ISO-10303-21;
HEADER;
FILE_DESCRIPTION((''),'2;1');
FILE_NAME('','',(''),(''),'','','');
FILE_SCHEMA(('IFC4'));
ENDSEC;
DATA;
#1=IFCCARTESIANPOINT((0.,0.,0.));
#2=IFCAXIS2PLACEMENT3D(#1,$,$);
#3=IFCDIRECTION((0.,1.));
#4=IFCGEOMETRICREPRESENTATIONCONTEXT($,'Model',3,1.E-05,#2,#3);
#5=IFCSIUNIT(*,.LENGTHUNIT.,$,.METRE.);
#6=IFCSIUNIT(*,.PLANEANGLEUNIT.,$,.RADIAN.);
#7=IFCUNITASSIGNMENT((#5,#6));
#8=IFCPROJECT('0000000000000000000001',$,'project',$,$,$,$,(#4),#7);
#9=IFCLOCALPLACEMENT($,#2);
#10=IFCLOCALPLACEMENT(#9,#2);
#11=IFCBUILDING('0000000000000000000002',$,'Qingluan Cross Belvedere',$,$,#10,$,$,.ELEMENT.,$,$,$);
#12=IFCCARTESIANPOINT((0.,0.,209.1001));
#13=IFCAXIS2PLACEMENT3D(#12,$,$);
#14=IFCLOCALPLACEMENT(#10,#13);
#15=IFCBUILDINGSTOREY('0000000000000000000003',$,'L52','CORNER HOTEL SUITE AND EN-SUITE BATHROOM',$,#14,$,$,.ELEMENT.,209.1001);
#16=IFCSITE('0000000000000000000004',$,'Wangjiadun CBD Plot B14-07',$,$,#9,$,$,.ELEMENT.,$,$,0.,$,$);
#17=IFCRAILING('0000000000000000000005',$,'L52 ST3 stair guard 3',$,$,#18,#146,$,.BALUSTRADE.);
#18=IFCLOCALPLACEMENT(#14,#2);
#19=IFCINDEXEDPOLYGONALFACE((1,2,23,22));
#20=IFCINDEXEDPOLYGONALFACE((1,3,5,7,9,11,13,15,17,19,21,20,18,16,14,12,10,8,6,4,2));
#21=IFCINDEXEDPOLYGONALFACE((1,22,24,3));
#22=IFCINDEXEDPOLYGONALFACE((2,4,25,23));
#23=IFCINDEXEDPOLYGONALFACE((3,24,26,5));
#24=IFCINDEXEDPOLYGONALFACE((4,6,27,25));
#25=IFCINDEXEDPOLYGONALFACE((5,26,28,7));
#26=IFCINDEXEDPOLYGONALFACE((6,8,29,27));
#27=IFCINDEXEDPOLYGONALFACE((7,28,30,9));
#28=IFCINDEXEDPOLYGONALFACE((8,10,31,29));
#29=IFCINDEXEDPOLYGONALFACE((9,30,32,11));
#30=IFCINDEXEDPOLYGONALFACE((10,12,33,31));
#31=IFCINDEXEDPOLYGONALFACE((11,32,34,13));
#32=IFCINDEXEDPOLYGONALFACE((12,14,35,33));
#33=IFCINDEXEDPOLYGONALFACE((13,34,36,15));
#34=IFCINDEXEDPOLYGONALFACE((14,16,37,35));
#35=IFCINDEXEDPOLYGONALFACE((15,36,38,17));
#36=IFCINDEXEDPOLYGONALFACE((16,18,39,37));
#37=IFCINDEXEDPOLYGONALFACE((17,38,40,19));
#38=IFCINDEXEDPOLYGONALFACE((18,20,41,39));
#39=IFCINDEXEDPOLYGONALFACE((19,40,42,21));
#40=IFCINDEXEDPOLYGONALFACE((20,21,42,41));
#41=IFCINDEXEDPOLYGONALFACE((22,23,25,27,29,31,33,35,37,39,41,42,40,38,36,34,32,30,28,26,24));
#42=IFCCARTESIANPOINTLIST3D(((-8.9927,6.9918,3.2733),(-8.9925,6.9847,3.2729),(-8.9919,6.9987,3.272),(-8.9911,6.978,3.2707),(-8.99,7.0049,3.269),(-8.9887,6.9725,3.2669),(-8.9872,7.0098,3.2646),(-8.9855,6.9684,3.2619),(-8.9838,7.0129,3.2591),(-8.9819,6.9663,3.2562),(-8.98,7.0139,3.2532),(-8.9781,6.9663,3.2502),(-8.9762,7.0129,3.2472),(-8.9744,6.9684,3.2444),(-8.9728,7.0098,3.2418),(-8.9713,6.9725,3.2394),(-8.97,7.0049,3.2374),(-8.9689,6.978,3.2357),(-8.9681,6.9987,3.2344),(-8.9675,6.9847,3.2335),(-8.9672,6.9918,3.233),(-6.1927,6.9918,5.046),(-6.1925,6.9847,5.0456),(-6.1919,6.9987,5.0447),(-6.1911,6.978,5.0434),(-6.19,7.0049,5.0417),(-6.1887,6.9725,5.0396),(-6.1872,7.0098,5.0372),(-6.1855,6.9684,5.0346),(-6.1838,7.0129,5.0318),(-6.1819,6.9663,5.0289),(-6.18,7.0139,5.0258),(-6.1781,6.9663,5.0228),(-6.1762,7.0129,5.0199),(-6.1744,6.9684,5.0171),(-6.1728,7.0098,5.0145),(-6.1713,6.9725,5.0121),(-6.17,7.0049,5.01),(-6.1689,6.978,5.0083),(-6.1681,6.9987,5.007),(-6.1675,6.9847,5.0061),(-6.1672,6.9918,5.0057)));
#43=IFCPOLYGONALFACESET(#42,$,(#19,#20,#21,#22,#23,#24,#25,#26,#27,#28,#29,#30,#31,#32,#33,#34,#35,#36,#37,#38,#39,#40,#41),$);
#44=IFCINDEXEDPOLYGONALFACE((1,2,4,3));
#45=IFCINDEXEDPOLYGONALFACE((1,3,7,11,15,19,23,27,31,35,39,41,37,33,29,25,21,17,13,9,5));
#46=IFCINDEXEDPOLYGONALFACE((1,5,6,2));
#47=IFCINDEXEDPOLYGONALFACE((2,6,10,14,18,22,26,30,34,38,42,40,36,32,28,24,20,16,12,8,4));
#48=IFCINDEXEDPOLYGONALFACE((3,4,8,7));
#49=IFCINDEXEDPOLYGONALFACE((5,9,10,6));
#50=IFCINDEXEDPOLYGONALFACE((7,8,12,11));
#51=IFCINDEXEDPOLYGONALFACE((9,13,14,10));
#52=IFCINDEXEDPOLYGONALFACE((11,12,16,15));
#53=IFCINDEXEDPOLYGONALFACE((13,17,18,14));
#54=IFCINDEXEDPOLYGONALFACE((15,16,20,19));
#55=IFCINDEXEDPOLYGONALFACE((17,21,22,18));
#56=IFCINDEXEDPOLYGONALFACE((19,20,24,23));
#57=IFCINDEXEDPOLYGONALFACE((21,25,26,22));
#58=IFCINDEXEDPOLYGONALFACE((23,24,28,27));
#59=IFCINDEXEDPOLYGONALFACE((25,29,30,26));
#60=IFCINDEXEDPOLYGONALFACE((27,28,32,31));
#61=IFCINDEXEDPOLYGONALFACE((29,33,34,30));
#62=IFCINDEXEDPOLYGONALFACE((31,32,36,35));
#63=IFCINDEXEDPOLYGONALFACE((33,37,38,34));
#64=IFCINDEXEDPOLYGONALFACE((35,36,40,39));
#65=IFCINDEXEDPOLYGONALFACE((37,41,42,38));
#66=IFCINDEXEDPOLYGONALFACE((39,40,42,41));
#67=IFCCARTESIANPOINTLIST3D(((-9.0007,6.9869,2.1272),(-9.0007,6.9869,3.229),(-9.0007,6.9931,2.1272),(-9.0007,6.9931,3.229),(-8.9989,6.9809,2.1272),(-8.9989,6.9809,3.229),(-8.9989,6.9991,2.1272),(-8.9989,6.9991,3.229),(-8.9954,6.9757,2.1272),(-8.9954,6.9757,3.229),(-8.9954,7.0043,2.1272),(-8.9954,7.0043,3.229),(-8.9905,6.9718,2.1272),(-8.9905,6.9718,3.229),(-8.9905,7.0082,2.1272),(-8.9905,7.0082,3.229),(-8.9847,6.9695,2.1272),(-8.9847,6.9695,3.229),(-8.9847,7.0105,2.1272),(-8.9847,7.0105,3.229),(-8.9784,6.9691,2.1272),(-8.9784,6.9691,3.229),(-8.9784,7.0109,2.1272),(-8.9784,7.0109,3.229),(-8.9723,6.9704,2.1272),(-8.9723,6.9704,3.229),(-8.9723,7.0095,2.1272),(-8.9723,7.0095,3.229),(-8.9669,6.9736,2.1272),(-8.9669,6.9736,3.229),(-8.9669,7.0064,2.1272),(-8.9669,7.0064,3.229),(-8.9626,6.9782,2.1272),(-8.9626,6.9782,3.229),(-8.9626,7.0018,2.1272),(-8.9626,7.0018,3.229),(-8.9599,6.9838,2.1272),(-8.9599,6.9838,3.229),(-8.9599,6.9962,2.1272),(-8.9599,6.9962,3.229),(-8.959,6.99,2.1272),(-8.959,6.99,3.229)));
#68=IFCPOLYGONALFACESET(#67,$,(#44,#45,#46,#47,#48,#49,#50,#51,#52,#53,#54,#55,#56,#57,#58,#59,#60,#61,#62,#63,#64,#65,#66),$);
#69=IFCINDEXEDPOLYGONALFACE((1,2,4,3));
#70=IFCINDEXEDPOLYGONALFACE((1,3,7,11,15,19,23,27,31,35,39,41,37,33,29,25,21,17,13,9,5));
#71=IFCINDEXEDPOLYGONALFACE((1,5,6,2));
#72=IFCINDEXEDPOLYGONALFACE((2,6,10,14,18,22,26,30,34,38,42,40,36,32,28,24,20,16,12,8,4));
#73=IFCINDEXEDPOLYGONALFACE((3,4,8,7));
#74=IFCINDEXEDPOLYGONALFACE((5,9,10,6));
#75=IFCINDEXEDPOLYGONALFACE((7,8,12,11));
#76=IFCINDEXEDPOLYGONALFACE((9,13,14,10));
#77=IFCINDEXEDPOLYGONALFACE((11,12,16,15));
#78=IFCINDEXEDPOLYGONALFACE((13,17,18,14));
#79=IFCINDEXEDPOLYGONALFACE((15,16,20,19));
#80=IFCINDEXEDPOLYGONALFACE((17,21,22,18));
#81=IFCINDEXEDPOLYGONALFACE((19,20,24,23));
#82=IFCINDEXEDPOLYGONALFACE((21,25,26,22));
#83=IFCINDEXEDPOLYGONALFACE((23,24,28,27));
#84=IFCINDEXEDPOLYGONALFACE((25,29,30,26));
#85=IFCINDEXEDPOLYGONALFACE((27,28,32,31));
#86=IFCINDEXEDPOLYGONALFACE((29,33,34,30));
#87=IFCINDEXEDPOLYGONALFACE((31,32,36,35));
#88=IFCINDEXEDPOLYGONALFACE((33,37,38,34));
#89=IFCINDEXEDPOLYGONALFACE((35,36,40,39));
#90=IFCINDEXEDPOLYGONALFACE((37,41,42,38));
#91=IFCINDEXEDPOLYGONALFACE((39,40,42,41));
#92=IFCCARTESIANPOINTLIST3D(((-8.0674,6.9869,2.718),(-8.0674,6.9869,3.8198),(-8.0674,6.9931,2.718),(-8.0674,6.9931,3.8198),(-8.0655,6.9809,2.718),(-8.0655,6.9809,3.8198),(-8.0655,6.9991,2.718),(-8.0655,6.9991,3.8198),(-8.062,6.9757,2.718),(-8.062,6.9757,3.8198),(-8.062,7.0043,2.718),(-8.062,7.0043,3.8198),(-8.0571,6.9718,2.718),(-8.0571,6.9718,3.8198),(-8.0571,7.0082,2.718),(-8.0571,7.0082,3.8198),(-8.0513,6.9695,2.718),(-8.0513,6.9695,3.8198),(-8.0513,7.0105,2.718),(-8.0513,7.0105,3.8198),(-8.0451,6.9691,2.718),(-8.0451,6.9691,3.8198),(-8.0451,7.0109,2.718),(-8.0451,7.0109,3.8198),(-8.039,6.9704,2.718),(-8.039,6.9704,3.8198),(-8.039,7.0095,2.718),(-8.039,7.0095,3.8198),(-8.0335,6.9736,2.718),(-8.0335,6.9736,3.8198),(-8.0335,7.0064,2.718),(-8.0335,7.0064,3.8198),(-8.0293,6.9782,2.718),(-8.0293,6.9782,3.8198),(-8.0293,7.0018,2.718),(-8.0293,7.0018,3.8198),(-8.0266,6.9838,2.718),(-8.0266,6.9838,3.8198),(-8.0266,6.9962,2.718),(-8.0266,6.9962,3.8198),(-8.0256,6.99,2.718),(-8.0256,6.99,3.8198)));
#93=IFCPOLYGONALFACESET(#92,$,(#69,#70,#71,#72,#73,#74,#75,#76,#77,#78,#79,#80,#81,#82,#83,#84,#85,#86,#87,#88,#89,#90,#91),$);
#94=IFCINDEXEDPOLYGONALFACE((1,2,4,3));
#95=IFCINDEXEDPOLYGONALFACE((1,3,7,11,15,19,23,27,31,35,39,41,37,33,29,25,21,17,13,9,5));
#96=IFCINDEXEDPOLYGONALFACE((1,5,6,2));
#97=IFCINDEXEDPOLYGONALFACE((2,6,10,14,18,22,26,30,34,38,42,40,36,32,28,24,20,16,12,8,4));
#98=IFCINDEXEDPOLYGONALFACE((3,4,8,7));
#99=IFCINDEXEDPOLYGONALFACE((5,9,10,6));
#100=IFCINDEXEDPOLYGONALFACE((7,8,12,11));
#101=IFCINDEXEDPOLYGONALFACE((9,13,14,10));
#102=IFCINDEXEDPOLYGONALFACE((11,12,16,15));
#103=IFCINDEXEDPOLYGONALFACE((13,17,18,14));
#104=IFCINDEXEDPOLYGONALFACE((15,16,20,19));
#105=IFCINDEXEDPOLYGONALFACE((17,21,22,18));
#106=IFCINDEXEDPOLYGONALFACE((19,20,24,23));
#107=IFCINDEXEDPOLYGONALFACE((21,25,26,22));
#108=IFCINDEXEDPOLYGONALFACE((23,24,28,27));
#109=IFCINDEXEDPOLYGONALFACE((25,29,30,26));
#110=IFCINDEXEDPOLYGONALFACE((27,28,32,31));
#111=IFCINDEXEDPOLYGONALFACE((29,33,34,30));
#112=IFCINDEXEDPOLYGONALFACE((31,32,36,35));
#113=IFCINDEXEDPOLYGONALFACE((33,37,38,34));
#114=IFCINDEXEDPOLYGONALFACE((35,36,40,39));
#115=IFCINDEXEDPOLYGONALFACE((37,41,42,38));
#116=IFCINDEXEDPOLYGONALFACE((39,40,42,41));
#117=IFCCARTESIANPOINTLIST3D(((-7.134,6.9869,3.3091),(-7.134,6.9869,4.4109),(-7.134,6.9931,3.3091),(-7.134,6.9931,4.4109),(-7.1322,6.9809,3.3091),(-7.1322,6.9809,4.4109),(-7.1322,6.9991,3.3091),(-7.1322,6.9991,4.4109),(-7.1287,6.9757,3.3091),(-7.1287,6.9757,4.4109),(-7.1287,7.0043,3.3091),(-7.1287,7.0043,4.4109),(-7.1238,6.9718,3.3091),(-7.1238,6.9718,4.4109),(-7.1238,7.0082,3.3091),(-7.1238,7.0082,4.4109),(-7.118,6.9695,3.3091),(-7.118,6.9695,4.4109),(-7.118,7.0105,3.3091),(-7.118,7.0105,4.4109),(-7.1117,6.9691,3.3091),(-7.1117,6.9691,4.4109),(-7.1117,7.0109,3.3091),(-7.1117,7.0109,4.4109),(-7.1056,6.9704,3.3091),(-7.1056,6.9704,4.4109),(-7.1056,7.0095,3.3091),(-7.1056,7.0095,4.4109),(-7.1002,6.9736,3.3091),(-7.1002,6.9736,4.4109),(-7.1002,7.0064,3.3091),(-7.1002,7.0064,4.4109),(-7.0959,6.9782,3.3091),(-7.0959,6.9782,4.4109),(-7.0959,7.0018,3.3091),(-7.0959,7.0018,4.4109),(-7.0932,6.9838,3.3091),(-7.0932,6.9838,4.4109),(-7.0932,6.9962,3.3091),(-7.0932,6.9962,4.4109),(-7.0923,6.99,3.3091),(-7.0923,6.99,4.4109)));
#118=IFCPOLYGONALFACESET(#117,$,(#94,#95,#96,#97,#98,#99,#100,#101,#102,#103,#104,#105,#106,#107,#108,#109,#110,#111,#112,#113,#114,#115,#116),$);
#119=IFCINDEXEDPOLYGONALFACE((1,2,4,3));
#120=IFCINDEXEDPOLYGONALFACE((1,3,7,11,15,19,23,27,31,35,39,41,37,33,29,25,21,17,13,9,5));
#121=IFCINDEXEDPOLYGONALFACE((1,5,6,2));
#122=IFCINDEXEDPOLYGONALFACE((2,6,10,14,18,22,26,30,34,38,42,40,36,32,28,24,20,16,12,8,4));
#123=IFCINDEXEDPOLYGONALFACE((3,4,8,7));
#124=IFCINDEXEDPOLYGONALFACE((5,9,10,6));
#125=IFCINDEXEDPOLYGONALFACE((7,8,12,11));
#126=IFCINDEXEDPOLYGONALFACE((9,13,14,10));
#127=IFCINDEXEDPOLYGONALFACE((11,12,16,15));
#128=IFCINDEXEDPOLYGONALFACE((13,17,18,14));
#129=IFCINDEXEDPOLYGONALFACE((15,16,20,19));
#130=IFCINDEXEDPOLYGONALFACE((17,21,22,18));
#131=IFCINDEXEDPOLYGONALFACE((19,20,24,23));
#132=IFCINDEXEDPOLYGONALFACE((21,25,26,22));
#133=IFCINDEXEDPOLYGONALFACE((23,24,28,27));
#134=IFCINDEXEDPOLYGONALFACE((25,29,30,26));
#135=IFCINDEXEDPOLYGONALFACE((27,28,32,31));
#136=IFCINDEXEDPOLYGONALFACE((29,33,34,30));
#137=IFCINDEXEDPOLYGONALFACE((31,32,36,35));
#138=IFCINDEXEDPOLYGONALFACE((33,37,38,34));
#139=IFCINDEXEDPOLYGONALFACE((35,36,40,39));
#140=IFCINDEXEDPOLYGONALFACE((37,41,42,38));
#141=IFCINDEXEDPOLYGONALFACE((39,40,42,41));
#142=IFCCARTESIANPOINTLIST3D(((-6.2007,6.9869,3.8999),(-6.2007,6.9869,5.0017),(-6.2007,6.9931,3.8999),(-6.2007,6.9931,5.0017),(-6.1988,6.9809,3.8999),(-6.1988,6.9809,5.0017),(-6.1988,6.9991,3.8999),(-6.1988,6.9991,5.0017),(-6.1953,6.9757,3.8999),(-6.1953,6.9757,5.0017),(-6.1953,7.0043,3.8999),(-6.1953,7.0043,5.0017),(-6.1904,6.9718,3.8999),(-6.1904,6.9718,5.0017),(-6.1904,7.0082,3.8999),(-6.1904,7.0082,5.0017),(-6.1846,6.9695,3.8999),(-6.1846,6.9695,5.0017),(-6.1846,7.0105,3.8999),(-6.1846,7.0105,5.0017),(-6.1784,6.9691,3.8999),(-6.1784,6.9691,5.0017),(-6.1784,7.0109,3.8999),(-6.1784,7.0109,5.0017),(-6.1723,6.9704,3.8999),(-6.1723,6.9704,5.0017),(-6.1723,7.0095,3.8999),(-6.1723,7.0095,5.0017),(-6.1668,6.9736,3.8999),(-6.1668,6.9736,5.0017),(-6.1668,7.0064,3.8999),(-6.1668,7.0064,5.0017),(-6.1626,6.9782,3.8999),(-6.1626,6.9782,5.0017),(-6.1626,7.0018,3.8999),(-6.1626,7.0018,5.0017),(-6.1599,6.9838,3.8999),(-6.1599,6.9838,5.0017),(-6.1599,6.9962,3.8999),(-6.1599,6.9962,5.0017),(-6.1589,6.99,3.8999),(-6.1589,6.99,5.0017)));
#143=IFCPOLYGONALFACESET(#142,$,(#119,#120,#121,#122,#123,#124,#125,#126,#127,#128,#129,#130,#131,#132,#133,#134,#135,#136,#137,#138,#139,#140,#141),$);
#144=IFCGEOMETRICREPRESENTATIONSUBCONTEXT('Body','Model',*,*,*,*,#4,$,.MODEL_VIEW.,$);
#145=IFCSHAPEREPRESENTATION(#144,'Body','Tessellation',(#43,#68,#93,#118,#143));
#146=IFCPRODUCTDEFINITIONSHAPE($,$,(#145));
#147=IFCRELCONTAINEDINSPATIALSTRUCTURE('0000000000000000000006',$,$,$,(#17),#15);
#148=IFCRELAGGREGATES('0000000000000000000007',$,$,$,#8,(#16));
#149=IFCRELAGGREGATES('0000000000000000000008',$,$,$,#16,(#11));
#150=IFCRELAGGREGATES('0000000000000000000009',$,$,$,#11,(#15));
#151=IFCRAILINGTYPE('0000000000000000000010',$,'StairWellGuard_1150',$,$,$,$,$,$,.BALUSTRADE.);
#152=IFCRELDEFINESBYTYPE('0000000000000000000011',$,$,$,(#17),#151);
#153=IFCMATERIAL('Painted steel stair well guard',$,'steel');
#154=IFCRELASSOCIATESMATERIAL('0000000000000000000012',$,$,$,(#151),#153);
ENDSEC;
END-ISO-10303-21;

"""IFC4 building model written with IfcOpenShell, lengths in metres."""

from ifc_helpers import new_model, si_unit, direction, frame, origin, origin_2d, place, context, subcontext, project, spatial, circle, extrude, material, type_object, element, save


model = new_model("IFC4")

# Units and contexts
model_context = context("Model", 3, precision=1e-05, world=origin(), true_north=direction((0.0, 1.0)))
body_context = subcontext(model_context, "Body", "Model", "MODEL_VIEW")
ifc_project = project(units=[si_unit("LENGTHUNIT", "METRE"), si_unit("PLANEANGLEUNIT", "RADIAN")], contexts=[model_context])

# Site, building, storey
site_placement = place(None, origin())
site = spatial("IfcSite", under=ifc_project, at=site_placement, Name="Wangjiadun CBD Plot B14-07", CompositionType="ELEMENT", RefElevation=0.0)
building_placement = place(site_placement, origin())
building = spatial("IfcBuilding", under=site, at=building_placement, Name="Qingluan Cross Belvedere", CompositionType="ELEMENT")
storey_placement = place(building_placement, frame((0.0, 0.0, 209.1001)))
storey = spatial("IfcBuildingStorey", under=building, at=storey_placement, Name="L52", Description="CORNER HOTEL SUITE AND EN-SUITE BATHROOM", CompositionType="ELEMENT", Elevation=209.1001)

# Railing
ifc_material_1 = material(Name="Painted steel stair well guard", Category="steel")
railing_type_1 = type_object("IfcRailingType", Name="StairWellGuard_1150", PredefinedType="BALUSTRADE", material=ifc_material_1)
railing_1_placement = place(storey_placement, frame((-8.98, 6.99, 2.1272)))
element("IfcRailing", 1, at=railing_1_placement, inside=storey, type_object=railing_type_1, Name="L52 ST3 stair guard 3", PredefinedType="BALUSTRADE", context=body_context, shape_type="SweptSolid", body=[
    extrude(circle(Radius=0.0239, at=origin_2d()), frame((0.0, 0.0, 1.126), z_axis=(0.844909, 0.0, 0.53491), x_axis=(0.0, 1.0, 0.0)), (0.0, 0.0, 1.0), 3.314),
    extrude(circle(Radius=0.021, at=origin_2d()), origin(), (0.0, 0.0, 1.0), 1.1018),
    extrude(circle(Radius=0.021, at=origin_2d()), frame((0.9333, 0.0, 0.5908)), (0.0, 0.0, 1.0), 1.1018),
    extrude(circle(Radius=0.021, at=origin_2d()), frame((1.8667, 0.0, 1.1819)), (0.0, 0.0, 1.0), 1.1018),
    extrude(circle(Radius=0.021, at=origin_2d()), frame((2.8, 0.0, 1.7727)), (0.0, 0.0, 1.0), 1.1018),
])

save(model, "model.ifc")
